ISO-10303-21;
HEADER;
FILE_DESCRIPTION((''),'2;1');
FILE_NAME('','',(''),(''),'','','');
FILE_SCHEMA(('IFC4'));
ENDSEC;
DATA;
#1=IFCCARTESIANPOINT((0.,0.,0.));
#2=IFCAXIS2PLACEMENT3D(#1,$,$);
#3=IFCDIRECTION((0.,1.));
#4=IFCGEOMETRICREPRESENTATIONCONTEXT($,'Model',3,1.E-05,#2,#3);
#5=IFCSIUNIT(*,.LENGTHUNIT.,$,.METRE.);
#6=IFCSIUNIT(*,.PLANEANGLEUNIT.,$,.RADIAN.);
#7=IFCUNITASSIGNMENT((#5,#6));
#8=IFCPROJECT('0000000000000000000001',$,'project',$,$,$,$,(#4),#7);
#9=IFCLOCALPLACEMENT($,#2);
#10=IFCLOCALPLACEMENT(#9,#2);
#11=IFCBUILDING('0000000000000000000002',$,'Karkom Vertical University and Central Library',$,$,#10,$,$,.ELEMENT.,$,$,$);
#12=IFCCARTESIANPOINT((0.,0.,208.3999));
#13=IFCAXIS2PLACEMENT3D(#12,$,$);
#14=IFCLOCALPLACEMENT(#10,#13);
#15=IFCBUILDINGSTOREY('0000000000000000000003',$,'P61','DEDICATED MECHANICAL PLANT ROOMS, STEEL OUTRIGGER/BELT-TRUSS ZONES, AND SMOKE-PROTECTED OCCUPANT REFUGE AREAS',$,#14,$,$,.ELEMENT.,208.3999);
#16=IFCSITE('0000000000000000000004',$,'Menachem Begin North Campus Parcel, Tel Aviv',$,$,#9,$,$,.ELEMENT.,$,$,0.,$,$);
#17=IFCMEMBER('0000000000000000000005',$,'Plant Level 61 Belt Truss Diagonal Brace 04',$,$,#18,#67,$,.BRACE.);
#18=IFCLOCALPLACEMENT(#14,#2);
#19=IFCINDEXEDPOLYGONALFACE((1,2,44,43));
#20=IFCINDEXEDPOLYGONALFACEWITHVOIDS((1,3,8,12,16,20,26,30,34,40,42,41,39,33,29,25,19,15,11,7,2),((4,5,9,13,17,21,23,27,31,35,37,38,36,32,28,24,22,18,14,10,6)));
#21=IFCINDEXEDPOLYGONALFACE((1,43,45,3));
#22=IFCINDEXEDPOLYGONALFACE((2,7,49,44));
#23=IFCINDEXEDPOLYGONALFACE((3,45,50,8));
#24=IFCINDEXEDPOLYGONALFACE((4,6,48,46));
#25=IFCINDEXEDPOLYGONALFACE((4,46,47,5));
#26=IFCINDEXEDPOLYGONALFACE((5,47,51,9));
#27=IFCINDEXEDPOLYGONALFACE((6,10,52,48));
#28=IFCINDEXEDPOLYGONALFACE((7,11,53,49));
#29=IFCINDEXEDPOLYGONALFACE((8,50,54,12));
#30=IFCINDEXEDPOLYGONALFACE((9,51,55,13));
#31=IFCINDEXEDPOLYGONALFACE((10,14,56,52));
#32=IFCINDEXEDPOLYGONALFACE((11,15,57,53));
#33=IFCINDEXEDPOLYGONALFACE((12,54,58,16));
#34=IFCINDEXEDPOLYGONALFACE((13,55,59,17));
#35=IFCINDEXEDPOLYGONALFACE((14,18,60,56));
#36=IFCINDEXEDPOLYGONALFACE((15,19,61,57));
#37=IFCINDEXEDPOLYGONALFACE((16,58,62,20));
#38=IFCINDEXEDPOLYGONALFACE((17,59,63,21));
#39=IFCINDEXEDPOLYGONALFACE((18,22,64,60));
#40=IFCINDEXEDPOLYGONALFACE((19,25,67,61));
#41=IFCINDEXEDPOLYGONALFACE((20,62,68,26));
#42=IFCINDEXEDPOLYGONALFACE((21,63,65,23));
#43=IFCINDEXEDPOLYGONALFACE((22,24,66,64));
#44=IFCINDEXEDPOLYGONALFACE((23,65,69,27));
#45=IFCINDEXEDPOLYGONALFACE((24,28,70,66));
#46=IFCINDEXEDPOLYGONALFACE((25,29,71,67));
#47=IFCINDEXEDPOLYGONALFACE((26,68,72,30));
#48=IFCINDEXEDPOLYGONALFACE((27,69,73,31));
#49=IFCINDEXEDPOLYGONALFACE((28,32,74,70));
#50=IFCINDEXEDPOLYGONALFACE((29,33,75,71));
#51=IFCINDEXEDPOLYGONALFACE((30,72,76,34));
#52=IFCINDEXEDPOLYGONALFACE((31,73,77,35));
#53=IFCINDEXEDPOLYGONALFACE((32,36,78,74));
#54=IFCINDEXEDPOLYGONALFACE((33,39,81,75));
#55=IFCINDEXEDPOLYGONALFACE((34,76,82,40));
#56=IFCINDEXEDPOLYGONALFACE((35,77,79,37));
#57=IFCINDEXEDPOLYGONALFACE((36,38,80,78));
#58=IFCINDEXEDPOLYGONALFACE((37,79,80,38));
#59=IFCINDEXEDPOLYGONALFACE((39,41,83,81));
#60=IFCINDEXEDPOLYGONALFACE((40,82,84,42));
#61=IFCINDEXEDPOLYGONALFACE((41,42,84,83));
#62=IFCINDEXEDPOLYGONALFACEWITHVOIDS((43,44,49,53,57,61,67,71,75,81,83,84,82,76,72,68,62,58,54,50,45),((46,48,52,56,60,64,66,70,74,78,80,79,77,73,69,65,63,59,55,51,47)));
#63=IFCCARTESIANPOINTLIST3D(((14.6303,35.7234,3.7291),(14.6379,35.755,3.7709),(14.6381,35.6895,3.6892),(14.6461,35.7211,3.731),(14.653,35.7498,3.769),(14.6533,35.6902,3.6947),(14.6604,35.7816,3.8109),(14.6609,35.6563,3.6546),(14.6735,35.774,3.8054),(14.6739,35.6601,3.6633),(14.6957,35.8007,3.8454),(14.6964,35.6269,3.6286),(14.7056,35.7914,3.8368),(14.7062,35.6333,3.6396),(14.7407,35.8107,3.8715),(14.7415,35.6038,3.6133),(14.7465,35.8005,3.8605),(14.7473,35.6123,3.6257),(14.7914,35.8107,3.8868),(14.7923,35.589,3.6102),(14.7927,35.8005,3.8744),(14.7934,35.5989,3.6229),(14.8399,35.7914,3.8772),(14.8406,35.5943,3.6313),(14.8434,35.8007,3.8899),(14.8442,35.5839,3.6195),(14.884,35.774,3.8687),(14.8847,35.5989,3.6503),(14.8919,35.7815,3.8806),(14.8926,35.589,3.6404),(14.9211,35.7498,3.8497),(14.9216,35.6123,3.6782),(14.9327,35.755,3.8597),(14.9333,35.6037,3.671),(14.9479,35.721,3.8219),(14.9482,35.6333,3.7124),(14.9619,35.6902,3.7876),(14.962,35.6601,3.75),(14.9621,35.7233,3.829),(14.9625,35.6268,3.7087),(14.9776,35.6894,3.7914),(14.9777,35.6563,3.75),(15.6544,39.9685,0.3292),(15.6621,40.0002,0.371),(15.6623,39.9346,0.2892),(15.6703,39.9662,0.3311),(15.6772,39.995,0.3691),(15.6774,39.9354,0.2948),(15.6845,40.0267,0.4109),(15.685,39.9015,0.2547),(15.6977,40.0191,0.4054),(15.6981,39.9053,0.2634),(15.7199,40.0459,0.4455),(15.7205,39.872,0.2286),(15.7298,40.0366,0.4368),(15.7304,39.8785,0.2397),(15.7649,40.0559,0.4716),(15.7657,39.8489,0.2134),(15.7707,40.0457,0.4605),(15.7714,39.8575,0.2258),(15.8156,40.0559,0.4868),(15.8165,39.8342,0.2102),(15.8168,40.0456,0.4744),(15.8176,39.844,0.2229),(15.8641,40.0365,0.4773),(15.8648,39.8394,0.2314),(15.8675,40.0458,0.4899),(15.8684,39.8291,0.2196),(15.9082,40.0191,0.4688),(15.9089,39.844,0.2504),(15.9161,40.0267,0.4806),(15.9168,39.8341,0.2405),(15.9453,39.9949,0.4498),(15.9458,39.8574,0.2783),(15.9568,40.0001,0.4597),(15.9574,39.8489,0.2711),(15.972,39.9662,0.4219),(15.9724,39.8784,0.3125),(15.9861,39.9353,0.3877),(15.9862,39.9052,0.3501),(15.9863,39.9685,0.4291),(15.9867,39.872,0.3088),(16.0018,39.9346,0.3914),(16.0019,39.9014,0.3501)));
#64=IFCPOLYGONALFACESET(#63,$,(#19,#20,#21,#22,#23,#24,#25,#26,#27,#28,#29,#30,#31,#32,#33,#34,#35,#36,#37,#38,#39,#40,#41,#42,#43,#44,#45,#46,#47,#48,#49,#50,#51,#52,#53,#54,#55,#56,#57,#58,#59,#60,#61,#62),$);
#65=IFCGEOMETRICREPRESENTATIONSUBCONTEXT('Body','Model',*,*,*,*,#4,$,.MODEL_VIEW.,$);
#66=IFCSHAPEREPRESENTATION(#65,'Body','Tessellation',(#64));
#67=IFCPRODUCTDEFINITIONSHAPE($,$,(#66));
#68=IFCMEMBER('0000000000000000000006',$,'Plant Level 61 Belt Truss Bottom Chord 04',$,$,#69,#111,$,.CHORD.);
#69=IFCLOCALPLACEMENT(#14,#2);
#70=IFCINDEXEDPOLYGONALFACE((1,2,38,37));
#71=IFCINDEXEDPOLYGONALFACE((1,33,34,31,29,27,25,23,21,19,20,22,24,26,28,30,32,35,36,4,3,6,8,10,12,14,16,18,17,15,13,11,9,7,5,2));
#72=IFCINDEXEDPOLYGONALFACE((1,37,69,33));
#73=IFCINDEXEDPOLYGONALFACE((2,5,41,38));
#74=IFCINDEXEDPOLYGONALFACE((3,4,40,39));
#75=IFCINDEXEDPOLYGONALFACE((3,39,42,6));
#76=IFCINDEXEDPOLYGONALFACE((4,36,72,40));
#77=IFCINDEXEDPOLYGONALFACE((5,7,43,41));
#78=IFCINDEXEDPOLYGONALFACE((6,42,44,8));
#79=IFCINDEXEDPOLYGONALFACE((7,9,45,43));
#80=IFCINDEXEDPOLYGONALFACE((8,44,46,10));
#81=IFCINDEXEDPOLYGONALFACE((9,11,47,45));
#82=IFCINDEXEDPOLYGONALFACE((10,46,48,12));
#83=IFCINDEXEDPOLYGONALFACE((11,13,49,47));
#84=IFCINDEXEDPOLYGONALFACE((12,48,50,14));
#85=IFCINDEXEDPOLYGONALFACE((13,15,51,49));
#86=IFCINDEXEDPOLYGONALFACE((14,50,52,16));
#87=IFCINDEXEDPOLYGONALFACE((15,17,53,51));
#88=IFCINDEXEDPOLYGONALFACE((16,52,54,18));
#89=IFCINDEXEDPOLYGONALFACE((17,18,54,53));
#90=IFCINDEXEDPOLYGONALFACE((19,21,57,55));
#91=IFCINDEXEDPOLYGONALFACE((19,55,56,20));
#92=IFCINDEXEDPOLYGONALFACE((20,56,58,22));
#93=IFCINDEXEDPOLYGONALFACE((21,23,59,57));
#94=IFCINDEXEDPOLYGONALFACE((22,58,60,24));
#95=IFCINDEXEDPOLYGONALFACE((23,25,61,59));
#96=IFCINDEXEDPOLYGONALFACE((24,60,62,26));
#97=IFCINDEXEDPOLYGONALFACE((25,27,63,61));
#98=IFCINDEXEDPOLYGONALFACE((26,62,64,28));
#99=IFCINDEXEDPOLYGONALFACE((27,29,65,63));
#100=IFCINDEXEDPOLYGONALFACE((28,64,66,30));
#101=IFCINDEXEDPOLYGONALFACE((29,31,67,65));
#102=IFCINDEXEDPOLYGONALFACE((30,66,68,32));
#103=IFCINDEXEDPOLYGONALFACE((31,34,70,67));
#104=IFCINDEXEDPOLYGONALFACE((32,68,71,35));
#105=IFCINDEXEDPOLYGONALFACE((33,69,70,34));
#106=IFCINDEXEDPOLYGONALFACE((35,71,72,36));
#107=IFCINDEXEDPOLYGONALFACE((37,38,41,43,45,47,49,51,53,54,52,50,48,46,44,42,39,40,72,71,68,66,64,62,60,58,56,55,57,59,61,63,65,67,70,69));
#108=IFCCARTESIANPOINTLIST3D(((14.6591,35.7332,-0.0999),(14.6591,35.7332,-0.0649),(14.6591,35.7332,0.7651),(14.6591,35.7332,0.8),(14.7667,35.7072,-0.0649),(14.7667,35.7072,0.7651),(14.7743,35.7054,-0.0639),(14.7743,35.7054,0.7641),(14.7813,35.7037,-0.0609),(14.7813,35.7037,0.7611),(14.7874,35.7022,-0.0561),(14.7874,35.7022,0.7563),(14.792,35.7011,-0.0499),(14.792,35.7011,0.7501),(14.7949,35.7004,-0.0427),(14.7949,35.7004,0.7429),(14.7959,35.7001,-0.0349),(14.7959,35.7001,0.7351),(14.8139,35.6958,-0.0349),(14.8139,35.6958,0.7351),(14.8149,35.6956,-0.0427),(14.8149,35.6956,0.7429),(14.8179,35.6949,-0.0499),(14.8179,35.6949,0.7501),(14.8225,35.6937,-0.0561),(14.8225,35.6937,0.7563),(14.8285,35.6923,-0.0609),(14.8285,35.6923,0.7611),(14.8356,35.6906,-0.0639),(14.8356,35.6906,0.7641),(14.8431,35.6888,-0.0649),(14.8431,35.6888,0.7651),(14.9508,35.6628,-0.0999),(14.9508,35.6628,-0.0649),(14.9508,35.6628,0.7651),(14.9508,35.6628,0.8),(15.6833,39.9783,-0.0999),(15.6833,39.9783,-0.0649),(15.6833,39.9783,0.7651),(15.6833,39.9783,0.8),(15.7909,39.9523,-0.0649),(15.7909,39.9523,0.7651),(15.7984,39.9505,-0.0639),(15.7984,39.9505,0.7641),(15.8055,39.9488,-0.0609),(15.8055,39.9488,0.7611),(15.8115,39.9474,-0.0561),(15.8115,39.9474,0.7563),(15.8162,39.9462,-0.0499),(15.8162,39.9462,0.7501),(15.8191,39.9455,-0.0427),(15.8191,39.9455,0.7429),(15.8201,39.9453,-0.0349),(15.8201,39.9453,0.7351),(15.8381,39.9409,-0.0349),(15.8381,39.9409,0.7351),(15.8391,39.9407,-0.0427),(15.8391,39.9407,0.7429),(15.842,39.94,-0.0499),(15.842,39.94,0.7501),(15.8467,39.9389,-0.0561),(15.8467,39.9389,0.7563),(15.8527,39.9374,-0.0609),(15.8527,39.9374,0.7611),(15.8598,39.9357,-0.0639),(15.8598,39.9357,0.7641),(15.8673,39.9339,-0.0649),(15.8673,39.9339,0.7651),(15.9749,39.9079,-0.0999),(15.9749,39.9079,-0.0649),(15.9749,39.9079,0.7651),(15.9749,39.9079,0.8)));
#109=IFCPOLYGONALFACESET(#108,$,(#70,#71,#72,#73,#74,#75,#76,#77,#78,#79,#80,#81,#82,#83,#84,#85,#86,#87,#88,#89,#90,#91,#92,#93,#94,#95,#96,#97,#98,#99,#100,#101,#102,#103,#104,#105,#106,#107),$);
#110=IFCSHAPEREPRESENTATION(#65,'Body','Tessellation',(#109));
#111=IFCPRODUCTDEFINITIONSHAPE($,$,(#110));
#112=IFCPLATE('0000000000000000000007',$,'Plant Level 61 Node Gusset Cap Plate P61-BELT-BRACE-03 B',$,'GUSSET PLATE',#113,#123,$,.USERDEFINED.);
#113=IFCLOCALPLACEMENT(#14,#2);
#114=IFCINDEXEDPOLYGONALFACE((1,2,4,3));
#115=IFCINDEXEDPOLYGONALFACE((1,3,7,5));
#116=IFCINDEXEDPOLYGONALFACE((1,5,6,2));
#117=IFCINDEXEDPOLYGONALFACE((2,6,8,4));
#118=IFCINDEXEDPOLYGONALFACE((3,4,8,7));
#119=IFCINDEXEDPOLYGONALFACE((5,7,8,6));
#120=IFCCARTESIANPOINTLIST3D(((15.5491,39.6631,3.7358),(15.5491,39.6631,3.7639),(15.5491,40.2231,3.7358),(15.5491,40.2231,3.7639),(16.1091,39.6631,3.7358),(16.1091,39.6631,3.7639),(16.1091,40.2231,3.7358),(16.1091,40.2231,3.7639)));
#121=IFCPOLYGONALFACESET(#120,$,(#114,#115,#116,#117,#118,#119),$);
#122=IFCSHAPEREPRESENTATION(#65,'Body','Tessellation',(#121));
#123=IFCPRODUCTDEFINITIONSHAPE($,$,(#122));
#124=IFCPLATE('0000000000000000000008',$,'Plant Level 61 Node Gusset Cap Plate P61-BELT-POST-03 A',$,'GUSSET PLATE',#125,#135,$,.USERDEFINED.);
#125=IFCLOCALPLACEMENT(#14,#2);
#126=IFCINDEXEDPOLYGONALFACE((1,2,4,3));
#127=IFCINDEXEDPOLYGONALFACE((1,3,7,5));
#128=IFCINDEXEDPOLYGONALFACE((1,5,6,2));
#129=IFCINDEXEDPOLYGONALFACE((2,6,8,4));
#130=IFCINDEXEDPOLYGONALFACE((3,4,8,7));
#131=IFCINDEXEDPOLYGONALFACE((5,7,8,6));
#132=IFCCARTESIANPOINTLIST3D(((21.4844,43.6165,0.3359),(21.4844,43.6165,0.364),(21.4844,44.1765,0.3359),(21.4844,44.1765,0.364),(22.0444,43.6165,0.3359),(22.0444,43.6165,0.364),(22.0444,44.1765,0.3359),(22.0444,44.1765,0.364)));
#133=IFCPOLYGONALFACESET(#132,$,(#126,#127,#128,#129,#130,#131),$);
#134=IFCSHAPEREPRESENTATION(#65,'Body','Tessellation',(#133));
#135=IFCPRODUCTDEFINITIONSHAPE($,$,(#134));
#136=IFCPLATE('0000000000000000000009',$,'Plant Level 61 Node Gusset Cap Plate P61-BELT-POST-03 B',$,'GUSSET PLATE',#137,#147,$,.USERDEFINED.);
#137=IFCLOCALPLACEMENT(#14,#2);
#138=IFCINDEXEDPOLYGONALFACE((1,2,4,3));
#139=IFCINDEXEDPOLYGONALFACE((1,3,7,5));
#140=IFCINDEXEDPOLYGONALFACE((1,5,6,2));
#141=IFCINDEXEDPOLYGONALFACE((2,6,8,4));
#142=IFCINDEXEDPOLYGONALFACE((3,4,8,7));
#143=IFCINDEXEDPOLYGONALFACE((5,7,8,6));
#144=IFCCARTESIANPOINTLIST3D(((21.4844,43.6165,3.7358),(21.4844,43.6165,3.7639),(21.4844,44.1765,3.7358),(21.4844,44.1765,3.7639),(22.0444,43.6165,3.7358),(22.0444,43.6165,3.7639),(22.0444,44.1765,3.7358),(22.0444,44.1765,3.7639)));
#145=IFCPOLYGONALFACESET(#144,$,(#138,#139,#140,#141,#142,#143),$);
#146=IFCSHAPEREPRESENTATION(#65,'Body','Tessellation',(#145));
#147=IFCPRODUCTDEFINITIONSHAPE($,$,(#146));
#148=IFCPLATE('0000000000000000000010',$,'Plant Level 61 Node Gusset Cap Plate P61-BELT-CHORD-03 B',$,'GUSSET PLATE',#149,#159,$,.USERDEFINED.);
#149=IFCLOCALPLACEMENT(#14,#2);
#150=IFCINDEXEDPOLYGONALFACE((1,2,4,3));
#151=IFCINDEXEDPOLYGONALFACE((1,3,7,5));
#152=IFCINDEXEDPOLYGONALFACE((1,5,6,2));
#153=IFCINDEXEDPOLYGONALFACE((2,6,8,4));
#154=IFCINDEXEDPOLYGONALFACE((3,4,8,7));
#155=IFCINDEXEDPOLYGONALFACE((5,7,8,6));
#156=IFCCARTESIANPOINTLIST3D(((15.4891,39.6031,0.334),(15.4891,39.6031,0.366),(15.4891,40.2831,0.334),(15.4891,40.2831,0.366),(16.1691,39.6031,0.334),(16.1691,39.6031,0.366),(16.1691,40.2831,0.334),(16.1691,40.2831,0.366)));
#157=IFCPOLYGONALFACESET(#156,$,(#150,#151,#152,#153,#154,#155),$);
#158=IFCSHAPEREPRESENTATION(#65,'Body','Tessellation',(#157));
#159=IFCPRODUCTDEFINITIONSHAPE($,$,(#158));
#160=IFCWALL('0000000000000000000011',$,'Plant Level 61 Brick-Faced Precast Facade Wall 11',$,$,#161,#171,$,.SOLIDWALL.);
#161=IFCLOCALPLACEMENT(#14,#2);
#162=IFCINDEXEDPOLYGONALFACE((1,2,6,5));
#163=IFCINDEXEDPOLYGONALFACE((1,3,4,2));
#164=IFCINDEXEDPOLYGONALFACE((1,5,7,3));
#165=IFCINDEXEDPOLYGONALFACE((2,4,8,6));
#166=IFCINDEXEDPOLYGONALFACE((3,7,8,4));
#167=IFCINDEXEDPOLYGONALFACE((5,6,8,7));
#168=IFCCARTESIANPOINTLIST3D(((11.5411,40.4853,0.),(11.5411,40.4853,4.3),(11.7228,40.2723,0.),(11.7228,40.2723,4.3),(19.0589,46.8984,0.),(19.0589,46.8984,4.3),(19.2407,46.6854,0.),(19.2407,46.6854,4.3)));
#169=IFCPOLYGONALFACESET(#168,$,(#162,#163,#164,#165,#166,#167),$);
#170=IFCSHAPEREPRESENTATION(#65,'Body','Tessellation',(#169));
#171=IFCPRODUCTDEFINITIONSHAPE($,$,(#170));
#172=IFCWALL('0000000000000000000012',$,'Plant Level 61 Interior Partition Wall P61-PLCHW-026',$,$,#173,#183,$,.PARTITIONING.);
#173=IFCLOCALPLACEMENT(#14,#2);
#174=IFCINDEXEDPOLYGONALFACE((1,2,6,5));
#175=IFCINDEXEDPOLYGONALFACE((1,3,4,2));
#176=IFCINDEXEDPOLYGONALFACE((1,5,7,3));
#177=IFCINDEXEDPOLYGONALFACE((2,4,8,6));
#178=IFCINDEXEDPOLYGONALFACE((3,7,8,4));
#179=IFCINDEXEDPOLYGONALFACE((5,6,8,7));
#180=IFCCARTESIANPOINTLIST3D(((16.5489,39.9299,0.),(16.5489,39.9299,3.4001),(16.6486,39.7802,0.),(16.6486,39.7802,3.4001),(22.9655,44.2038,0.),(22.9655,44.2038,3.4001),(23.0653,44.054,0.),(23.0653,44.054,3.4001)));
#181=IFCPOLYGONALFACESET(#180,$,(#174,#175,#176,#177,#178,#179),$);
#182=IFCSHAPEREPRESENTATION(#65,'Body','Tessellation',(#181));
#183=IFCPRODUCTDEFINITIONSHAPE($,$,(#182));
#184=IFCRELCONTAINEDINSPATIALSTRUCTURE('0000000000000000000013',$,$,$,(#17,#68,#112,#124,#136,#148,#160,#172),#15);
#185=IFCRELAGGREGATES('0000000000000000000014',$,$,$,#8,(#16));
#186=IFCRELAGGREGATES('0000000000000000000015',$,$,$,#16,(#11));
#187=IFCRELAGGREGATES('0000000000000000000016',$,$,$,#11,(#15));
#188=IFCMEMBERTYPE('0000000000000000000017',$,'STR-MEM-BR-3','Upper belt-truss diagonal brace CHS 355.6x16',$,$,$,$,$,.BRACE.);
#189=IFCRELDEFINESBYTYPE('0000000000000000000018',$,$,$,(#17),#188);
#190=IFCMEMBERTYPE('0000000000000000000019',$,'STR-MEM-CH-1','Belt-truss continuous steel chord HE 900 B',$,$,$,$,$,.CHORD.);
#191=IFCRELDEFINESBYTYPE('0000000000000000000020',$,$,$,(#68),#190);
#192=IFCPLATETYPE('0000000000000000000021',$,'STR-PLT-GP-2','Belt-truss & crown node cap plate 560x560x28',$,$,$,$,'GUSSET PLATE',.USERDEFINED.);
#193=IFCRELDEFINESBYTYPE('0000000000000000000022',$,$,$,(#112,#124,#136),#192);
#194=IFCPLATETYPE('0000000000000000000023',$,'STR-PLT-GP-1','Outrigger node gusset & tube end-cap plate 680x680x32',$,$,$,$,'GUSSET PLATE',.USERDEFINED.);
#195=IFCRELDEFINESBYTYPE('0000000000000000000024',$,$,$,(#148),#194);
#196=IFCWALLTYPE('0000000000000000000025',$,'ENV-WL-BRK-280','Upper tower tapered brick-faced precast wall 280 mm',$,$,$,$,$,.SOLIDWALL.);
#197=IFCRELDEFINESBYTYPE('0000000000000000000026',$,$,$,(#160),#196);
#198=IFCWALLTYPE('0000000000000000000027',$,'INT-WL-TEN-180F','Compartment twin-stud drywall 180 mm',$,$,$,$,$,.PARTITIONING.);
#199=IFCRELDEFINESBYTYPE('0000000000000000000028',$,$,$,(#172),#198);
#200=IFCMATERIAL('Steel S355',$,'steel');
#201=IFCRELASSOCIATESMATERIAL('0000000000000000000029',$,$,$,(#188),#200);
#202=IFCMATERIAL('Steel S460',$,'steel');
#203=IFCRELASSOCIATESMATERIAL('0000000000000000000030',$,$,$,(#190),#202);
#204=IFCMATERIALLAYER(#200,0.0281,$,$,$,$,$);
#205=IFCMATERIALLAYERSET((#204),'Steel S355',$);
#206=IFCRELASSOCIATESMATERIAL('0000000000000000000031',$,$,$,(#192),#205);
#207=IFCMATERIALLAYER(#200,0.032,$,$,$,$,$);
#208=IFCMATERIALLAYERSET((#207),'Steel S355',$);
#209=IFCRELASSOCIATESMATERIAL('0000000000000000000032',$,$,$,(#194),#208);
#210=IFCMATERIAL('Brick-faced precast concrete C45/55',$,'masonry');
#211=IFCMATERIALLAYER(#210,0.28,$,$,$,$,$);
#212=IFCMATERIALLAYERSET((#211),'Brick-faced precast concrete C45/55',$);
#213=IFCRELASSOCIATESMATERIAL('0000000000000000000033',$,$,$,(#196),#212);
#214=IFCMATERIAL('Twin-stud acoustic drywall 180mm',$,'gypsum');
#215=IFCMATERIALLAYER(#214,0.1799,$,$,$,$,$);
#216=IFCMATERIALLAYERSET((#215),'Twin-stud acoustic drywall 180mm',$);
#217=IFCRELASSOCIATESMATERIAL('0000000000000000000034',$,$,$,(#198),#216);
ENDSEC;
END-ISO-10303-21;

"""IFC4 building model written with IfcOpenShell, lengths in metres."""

from ifc_helpers import new_model, si_unit, direction, frame, frame_2d, origin, origin_with_axes, origin_2d, place, context, subcontext, project, spatial, rectangle, hollow_circle, i_section, extrude, source, transform, mapped, material, layer, layer_set, material_profile, profile_set, type_object, element, save


model = new_model("IFC4")

# Units and contexts
model_context = context("Model", 3, precision=1e-05, world=origin(), true_north=direction((0.0, 1.0)))
body_context = subcontext(model_context, "Body", "Model", "MODEL_VIEW")
ifc_project = project(units=[si_unit("LENGTHUNIT", "METRE"), si_unit("PLANEANGLEUNIT", "RADIAN")], contexts=[model_context])

# Site, building, storey
site_placement = place(None, origin())
site = spatial("IfcSite", under=ifc_project, at=site_placement, Name="Menachem Begin North Campus Parcel, Tel Aviv", CompositionType="ELEMENT", RefElevation=0.0)
building_placement = place(site_placement, origin())
building = spatial("IfcBuilding", under=site, at=building_placement, Name="Karkom Vertical University and Central Library", CompositionType="ELEMENT")
storey_placement = place(building_placement, frame((0.0, 0.0, 208.3999)))
storey = spatial("IfcBuildingStorey", under=building, at=storey_placement, Name="P61", Description="DEDICATED MECHANICAL PLANT ROOMS, STEEL OUTRIGGER/BELT-TRUSS ZONES, AND SMOKE-PROTECTED OCCUPANT REFUGE AREAS", CompositionType="ELEMENT", Elevation=208.3999)

# Shared definitions
ifc_material_1 = material(Name="Steel S355", Category="steel")

# Members
ifc_material_profile_1 = material_profile(ifc_material_1, hollow_circle(Radius=0.1777, WallThickness=0.0161, at=origin_2d()), Name="CHS 355.6x16")
ifc_profile_set_1 = profile_set([ifc_material_profile_1], Name="Steel S355")
member_type_1 = type_object("IfcMemberType", Name="STR-MEM-BR-3", Description="Upper belt-truss diagonal brace CHS 355.6x16", PredefinedType="BRACE", material=ifc_profile_set_1)
shared_shape_1 = source(origin_with_axes(), body_context, "Body", "SweptSolid", [
    extrude(hollow_circle(Radius=0.1777, WallThickness=0.0161, at=origin_2d()), origin(), (0.0, 0.0, 1.0), 5.5344),
])
member_1_placement = place(storey_placement, frame((15.8291, 39.9431, 0.3501), z_axis=(-0.185056, -0.767046, 0.614325), x_axis=(0.972109, -0.234529, 0.0)))
element("IfcMember", 1, at=member_1_placement, inside=storey, type_object=member_type_1, Name="Plant Level 61 Belt Truss Diagonal Brace 04", PredefinedType="BRACE", context=body_context, shape_type="MappedRepresentation", body=[
    mapped(shared_shape_1, transform((0.0, 0.0, 0.0), scale=1.0)),
])
ifc_material_2 = material(Name="Steel S460", Category="steel")
ifc_material_profile_2 = material_profile(ifc_material_2, i_section(OverallWidth=0.3, OverallDepth=0.8999, WebThickness=0.0186, FlangeThickness=0.0349, FilletRadius=0.03, at=origin_2d()), Name="HE 900 B")
ifc_profile_set_2 = profile_set([ifc_material_profile_2], Name="Steel S460")
member_type_2 = type_object("IfcMemberType", Name="STR-MEM-CH-1", Description="Belt-truss continuous steel chord HE 900 B", PredefinedType="CHORD", material=ifc_profile_set_2)
shared_shape_2 = source(origin_with_axes(), body_context, "Body", "SweptSolid", [
    extrude(i_section(OverallWidth=0.3, OverallDepth=0.8999, WebThickness=0.0186, FlangeThickness=0.0349, FilletRadius=0.03, at=origin_2d()), origin(), (0.0, 0.0, 1.0), 4.3669),
])
member_2_placement = place(storey_placement, frame((15.8291, 39.9431, 0.3501), z_axis=(-0.234529, -0.972109, 0.0), x_axis=(0.972109, -0.234529, 0.0)))
element("IfcMember", 2, at=member_2_placement, inside=storey, type_object=member_type_2, Name="Plant Level 61 Belt Truss Bottom Chord 04", PredefinedType="CHORD", context=body_context, shape_type="MappedRepresentation", body=[
    mapped(shared_shape_2, transform((0.0, 0.0, 0.0), scale=1.0)),
])

# Plates
ifc_layer_1 = layer(ifc_material_1, 0.0281)
ifc_layer_set_1 = layer_set([ifc_layer_1], Name="Steel S355")
plate_type_1 = type_object("IfcPlateType", Name="STR-PLT-GP-2", Description="Belt-truss & crown node cap plate 560x560x28", ElementType="GUSSET PLATE", PredefinedType="USERDEFINED", material=ifc_layer_set_1)
shared_shape_3 = source(origin_with_axes(), body_context, "Body", "SweptSolid", [
    extrude(rectangle(XDim=0.5601, YDim=0.5601, at=origin_2d()), origin(), (0.0, 0.0, 1.0), 0.0281),
])
for number, where, z_axis, x_axis, name in (
    (3, (15.8291, 39.9431, 3.7358), (0.0, 0.0, 1.0), (1.0, 0.0, 0.0), "Plant Level 61 Node Gusset Cap Plate P61-BELT-BRACE-03 B"),
    (4, (21.7644, 43.8965, 0.3359), (0.0, 0.0, 1.0), (1.0, 0.0, 0.0), "Plant Level 61 Node Gusset Cap Plate P61-BELT-POST-03 A"),
    (5, (21.7644, 43.8965, 3.7358), (0.0, 0.0, 1.0), (1.0, 0.0, 0.0), "Plant Level 61 Node Gusset Cap Plate P61-BELT-POST-03 B"),
):
    element("IfcPlate", number, at=place(storey_placement, frame(where, z_axis=z_axis, x_axis=x_axis)), inside=storey, type_object=plate_type_1, Name=name, ObjectType="GUSSET PLATE", PredefinedType="USERDEFINED", context=body_context, shape_type="MappedRepresentation", body=[
        mapped(shared_shape_3, transform((0.0, 0.0, 0.0), scale=1.0)),
    ])
ifc_layer_2 = layer(ifc_material_1, 0.032)
ifc_layer_set_2 = layer_set([ifc_layer_2], Name="Steel S355")
plate_type_2 = type_object("IfcPlateType", Name="STR-PLT-GP-1", Description="Outrigger node gusset & tube end-cap plate 680x680x32", ElementType="GUSSET PLATE", PredefinedType="USERDEFINED", material=ifc_layer_set_2)
shared_shape_4 = source(origin_with_axes(), body_context, "Body", "SweptSolid", [
    extrude(rectangle(XDim=0.6799, YDim=0.6799, at=origin_2d()), origin(), (0.0, 0.0, 1.0), 0.032),
])
plate_placement = place(storey_placement, frame((15.8291, 39.9431, 0.334), z_axis=(0.0, 0.0, 1.0), x_axis=(1.0, 0.0, 0.0)))
element("IfcPlate", 6, at=plate_placement, inside=storey, type_object=plate_type_2, Name="Plant Level 61 Node Gusset Cap Plate P61-BELT-CHORD-03 B", ObjectType="GUSSET PLATE", PredefinedType="USERDEFINED", context=body_context, shape_type="MappedRepresentation", body=[
    mapped(shared_shape_4, transform((0.0, 0.0, 0.0), scale=1.0)),
])

# Walls
ifc_material_3 = material(Name="Brick-faced precast concrete C45/55", Category="masonry")
ifc_layer_3 = layer(ifc_material_3, 0.28)
ifc_layer_set_3 = layer_set([ifc_layer_3], Name="Brick-faced precast concrete C45/55")
wall_type_1 = type_object("IfcWallType", Name="ENV-WL-BRK-280", Description="Upper tower tapered brick-faced precast wall 280 mm", PredefinedType="SOLIDWALL", material=ifc_layer_set_3)
wall_1_placement = place(storey_placement, frame((19.1499, 46.792, 0.0), z_axis=(0.0, 0.0, 1.0), x_axis=(-0.760793, -0.648995, 0.0)))
element("IfcWall", 7, at=wall_1_placement, inside=storey, type_object=wall_type_1, Name="Plant Level 61 Brick-Faced Precast Facade Wall 11", PredefinedType="SOLIDWALL", context=body_context, shape_type="SweptSolid", body=[
    extrude(rectangle(XDim=9.8816, YDim=0.28, at=frame_2d((4.9409, 0.0))), origin(), (0.0, 0.0, 1.0), 4.3),
])
ifc_material_4 = material(Name="Twin-stud acoustic drywall 180mm", Category="gypsum")
ifc_layer_4 = layer(ifc_material_4, 0.1799)
ifc_layer_set_4 = layer_set([ifc_layer_4], Name="Twin-stud acoustic drywall 180mm")
wall_type_2 = type_object("IfcWallType", Name="INT-WL-TEN-180F", Description="Compartment twin-stud drywall 180 mm", PredefinedType="PARTITIONING", material=ifc_layer_set_4)
wall_2_placement = place(storey_placement, frame((16.5986, 39.855, 0.0), z_axis=(0.0, 0.0, 1.0), x_axis=(0.832284, 0.554349, 0.0)))
element("IfcWall", 8, at=wall_2_placement, inside=storey, type_object=wall_type_2, Name="Plant Level 61 Interior Partition Wall P61-PLCHW-026", PredefinedType="PARTITIONING", context=body_context, shape_type="SweptSolid", body=[
    extrude(rectangle(XDim=7.7097, YDim=0.1799, at=frame_2d((3.855, 0.0))), origin(), (0.0, 0.0, 1.0), 3.4001),
])

save(model, "model.ifc")
